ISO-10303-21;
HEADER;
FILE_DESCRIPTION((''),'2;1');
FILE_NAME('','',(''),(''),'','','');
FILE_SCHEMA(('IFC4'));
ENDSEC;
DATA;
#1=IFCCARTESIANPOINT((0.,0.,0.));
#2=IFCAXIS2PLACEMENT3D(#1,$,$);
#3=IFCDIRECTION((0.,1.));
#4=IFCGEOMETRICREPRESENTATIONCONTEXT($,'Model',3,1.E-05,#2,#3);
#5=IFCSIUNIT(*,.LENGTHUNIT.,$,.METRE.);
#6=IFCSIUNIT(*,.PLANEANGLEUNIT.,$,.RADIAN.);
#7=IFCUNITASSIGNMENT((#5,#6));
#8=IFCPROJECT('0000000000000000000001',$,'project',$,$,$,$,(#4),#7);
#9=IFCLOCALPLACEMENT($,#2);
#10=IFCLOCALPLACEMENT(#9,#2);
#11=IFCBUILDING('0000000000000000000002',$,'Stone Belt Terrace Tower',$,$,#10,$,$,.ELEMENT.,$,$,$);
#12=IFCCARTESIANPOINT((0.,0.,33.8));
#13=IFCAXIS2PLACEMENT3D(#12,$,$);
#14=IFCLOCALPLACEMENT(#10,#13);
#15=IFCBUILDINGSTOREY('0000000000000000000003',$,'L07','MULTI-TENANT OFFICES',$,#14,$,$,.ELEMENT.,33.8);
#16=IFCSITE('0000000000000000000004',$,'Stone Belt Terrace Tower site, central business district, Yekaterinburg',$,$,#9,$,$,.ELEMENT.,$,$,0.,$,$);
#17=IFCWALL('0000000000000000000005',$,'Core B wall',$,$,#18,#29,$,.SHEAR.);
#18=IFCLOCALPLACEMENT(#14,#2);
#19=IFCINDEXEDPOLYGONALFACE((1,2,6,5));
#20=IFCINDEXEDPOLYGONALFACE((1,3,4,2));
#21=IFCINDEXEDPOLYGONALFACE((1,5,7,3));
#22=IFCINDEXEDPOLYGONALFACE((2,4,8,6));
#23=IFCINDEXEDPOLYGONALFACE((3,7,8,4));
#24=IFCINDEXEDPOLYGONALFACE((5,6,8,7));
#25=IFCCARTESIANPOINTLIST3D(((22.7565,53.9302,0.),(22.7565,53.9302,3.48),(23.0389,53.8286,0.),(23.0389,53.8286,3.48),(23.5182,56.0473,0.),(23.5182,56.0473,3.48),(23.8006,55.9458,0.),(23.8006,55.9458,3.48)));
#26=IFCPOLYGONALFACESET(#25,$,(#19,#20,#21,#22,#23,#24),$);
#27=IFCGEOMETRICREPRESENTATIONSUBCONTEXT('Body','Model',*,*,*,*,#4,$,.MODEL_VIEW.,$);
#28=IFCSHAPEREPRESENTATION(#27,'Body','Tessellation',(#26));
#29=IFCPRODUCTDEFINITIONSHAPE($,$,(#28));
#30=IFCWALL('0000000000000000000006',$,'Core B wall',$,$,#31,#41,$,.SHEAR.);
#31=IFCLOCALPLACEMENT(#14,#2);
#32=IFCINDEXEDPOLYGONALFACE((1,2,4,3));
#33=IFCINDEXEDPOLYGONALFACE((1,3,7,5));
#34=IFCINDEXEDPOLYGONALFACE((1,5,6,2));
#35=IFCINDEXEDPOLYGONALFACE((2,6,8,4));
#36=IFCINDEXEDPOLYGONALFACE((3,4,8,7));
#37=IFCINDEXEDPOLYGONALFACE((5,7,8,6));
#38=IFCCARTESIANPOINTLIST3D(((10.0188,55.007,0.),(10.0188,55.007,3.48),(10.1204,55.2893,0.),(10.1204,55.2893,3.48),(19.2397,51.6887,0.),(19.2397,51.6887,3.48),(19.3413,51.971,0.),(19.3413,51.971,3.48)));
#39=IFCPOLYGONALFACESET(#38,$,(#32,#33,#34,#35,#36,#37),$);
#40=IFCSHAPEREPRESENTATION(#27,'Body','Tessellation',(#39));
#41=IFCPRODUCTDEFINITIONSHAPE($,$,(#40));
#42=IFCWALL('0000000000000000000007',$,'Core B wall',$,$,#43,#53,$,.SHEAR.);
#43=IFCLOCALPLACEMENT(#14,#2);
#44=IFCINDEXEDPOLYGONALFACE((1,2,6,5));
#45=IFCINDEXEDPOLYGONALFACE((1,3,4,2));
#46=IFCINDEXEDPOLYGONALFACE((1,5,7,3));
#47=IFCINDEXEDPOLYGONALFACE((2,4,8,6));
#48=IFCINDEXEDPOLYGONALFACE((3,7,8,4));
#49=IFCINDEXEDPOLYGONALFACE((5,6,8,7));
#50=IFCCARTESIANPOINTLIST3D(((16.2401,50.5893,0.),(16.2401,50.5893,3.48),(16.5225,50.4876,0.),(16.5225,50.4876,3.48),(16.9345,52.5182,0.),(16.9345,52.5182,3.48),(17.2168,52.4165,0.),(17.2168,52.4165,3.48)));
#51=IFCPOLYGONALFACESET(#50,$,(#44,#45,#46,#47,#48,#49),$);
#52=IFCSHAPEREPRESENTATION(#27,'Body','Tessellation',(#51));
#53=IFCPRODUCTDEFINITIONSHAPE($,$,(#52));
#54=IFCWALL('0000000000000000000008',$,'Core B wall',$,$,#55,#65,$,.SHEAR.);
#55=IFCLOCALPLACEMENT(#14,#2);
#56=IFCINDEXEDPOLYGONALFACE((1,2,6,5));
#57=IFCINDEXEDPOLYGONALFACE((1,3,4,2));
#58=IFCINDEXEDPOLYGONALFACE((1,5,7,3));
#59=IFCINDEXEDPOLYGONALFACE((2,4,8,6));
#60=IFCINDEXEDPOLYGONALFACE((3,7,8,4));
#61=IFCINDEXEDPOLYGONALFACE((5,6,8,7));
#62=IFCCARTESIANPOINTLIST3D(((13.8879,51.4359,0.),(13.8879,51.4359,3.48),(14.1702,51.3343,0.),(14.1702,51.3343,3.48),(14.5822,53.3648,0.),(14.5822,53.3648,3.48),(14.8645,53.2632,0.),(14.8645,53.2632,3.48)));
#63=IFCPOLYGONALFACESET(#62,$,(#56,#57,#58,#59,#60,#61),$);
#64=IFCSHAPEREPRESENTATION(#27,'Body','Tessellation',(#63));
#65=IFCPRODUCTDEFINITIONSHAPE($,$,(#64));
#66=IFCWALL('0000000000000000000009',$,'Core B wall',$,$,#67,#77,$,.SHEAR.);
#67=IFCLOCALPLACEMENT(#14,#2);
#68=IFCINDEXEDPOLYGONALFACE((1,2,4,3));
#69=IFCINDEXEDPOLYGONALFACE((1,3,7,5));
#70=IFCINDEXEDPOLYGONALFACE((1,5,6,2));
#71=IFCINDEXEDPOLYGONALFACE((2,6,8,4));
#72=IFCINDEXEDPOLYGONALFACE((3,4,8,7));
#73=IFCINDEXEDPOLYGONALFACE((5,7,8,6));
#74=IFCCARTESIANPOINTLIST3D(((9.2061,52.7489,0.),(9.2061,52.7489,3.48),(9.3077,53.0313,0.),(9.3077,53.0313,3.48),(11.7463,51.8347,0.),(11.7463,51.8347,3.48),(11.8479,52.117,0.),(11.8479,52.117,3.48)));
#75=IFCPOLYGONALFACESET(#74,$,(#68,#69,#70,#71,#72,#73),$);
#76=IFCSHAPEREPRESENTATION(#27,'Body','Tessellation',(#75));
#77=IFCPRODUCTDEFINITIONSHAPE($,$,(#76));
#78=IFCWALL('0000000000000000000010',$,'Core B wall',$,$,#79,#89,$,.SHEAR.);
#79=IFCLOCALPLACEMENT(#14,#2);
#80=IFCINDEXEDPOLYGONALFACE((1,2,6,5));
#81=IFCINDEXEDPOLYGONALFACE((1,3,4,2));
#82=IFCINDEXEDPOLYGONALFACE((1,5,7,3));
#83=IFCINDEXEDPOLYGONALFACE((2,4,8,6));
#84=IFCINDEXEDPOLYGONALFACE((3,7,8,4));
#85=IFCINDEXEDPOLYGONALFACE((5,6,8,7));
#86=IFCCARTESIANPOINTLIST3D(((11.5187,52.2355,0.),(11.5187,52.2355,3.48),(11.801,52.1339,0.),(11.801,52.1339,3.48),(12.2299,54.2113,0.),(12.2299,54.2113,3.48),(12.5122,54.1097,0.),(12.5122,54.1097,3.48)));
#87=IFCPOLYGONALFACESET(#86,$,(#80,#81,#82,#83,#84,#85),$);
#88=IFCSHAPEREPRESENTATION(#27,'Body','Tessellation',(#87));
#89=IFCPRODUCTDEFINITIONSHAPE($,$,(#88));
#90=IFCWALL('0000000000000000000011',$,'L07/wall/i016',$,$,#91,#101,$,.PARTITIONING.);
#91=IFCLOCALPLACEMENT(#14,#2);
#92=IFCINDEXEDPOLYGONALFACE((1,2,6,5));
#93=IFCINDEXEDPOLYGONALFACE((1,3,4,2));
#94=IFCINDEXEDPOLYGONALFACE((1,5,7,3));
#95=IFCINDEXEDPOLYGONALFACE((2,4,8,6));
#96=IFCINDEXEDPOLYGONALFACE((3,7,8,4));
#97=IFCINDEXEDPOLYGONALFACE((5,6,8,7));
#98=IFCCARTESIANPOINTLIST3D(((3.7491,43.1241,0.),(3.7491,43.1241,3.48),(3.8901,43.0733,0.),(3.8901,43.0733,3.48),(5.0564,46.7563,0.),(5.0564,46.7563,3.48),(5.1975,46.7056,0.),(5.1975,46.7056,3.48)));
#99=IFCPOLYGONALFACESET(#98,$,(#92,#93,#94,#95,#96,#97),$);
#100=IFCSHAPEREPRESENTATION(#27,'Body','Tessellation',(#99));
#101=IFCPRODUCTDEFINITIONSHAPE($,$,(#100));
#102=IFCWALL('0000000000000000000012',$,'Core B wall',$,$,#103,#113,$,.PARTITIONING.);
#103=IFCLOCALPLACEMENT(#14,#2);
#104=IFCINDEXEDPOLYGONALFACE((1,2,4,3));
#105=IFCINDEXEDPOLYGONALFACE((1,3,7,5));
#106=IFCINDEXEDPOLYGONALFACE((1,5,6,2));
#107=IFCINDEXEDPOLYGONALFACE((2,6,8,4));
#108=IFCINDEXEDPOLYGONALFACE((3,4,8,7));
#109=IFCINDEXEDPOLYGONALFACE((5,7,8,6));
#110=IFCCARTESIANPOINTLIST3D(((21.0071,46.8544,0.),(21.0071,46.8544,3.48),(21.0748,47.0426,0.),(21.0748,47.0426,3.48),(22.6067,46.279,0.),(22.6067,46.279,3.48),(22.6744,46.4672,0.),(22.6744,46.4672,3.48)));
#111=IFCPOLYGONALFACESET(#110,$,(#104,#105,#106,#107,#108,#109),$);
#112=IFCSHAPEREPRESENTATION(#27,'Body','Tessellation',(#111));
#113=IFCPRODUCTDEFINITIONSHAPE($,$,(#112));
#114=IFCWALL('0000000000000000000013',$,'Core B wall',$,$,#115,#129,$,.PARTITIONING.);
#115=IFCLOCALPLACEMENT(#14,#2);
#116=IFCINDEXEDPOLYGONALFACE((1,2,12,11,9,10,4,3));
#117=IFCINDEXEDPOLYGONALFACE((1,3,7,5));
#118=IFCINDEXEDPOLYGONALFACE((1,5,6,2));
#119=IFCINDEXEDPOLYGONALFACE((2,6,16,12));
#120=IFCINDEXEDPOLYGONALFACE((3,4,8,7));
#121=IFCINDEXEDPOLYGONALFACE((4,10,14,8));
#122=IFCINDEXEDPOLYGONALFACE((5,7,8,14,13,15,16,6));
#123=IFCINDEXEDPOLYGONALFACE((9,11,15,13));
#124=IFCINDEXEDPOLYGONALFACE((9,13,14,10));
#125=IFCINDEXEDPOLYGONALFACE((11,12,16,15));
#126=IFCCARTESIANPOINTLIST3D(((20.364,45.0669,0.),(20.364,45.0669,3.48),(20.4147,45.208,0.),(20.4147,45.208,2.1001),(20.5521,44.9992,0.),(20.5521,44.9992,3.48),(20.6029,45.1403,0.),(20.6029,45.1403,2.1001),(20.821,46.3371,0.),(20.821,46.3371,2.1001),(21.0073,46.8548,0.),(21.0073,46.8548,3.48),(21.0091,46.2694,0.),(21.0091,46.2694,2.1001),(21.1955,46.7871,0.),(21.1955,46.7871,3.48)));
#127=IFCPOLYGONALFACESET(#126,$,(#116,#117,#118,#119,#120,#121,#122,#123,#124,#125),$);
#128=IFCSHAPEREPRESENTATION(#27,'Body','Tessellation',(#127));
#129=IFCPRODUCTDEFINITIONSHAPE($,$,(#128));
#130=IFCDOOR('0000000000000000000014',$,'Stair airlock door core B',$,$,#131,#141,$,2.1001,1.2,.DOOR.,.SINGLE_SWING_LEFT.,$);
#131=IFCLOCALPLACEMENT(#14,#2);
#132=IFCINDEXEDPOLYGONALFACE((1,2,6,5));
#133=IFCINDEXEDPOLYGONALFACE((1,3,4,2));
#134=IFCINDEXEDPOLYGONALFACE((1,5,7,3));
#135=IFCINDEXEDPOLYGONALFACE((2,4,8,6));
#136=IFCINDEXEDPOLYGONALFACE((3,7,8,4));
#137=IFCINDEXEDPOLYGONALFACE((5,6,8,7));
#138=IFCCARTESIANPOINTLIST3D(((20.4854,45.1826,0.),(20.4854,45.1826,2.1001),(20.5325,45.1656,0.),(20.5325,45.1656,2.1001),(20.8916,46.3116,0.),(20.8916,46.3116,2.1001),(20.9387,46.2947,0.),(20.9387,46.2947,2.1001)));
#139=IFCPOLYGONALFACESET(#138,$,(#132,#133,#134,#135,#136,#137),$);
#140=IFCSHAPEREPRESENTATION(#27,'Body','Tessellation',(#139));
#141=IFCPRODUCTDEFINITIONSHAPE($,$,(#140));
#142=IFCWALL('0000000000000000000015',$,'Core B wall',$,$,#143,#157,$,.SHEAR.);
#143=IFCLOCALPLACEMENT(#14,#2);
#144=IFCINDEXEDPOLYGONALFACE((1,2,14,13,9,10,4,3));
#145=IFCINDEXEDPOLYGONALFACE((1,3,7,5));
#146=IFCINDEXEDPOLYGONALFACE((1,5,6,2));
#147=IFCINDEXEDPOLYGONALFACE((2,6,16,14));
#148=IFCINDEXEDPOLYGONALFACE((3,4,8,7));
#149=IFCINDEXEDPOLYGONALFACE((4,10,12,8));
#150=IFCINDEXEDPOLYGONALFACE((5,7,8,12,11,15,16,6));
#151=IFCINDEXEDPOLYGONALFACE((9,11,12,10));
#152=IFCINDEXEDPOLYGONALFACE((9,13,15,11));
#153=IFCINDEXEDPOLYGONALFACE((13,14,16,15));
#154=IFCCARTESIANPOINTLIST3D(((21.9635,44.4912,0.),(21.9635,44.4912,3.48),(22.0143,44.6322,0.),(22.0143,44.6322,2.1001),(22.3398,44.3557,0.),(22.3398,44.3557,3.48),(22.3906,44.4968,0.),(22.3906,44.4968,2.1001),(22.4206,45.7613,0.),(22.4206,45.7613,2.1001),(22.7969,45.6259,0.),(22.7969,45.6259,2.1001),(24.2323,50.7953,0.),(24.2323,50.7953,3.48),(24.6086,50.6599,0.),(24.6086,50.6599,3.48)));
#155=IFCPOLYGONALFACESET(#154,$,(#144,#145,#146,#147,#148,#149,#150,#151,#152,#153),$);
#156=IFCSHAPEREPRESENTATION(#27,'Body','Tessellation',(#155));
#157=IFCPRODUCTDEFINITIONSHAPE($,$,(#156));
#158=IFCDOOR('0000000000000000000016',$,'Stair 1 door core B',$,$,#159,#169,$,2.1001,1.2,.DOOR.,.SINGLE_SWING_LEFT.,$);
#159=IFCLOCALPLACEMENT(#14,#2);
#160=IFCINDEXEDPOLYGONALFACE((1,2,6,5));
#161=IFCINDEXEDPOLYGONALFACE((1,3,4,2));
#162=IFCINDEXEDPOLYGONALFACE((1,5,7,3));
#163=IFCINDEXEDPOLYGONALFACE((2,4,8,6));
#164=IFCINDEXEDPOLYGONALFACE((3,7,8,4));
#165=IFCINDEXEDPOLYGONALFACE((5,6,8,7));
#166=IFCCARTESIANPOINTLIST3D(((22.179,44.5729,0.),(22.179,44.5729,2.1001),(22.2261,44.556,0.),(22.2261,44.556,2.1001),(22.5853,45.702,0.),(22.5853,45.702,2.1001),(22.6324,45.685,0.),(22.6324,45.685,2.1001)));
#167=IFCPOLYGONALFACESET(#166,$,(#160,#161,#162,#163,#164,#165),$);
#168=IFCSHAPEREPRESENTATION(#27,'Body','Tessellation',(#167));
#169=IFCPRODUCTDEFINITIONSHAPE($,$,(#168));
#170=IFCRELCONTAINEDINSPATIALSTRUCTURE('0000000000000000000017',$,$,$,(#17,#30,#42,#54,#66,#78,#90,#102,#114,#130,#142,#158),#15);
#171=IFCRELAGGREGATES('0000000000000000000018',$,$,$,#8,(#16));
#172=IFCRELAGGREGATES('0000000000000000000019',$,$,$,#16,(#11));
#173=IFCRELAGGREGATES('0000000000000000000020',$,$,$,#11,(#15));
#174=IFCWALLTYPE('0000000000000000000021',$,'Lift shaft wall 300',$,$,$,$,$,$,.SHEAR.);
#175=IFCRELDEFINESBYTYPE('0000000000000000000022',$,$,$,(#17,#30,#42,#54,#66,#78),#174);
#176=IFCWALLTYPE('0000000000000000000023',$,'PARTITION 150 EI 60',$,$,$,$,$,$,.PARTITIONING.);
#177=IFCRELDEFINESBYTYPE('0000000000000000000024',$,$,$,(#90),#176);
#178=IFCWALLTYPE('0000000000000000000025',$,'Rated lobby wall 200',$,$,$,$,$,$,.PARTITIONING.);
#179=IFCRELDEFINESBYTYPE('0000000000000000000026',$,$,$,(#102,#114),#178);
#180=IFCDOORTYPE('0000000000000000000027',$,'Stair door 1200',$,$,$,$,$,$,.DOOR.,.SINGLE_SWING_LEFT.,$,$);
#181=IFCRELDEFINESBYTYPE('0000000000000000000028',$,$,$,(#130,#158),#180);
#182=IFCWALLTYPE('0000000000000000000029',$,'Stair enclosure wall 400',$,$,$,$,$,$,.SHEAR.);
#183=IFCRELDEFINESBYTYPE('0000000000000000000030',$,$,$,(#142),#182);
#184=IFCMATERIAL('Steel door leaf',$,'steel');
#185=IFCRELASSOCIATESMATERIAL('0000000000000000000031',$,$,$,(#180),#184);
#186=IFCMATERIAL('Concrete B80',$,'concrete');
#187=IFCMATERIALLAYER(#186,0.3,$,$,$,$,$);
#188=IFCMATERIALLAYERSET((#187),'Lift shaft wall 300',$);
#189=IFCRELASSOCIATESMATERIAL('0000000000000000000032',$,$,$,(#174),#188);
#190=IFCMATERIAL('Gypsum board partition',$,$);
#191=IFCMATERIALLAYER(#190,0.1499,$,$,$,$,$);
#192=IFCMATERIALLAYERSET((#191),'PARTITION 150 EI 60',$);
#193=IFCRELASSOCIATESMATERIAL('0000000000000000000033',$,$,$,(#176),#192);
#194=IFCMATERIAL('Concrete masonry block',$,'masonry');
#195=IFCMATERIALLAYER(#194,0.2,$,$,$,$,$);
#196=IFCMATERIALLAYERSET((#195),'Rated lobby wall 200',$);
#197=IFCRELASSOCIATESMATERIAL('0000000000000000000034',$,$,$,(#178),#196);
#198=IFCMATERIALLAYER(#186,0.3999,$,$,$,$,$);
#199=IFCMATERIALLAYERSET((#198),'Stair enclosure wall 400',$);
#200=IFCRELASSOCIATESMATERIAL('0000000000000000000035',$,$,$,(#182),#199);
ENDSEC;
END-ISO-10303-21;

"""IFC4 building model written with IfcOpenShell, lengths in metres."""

from ifc_helpers import new_model, si_unit, direction, frame, frame_2d, origin, place, context, subcontext, project, spatial, rectangle, extrude, material, layer, layer_set, type_object, element, fill, save


model = new_model("IFC4")

# Units and contexts
model_context = context("Model", 3, precision=1e-05, world=origin(), true_north=direction((0.0, 1.0)))
body_context = subcontext(model_context, "Body", "Model", "MODEL_VIEW")
ifc_project = project(units=[si_unit("LENGTHUNIT", "METRE"), si_unit("PLANEANGLEUNIT", "RADIAN")], contexts=[model_context])

# Site, building, storey
site_placement = place(None, origin())
site = spatial("IfcSite", under=ifc_project, at=site_placement, Name="Stone Belt Terrace Tower site, central business district, Yekaterinburg", CompositionType="ELEMENT", RefElevation=0.0)
building_placement = place(site_placement, origin())
building = spatial("IfcBuilding", under=site, at=building_placement, Name="Stone Belt Terrace Tower", CompositionType="ELEMENT")
storey_placement = place(building_placement, frame((0.0, 0.0, 33.8)))
storey = spatial("IfcBuildingStorey", under=building, at=storey_placement, Name="L07", Description="MULTI-TENANT OFFICES", CompositionType="ELEMENT", Elevation=33.8)

# Shared definitions
ifc_material_1 = material(Name="Concrete B80", Category="concrete")

# Shared definitions
ifc_material_2 = material(Name="Steel door leaf", Category="steel")
door_type_1 = type_object("IfcDoorType", Name="Stair door 1200", OperationType="SINGLE_SWING_LEFT", PredefinedType="DOOR", material=ifc_material_2)

# Walls
ifc_layer_1 = layer(ifc_material_1, 0.3)
ifc_layer_set_1 = layer_set([ifc_layer_1], Name="Lift shaft wall 300")
wall_type_1 = type_object("IfcWallType", Name="Lift shaft wall 300", PredefinedType="SHEAR", material=ifc_layer_set_1)
wall_1_placement = place(storey_placement, frame((22.8977, 53.8794, 0.0), z_axis=(0.0, 0.0, 1.0), x_axis=(0.338535, 0.940954, 0.0)))
element("IfcWall", 1, at=wall_1_placement, inside=storey, type_object=wall_type_1, Name="Core B wall", PredefinedType="SHEAR", context=body_context, shape_type="SweptSolid", body=[
    extrude(rectangle(XDim=2.25, YDim=0.3, at=frame_2d((1.125, 0.0))), origin(), (0.0, 0.0, 1.0), 3.48),
])
wall_2_placement = place(storey_placement, frame((19.2905, 51.8298, 0.0), z_axis=(0.0, 0.0, 1.0), x_axis=(-0.940926, 0.338613, 0.0)))
element("IfcWall", 2, at=wall_2_placement, inside=storey, type_object=wall_type_1, Name="Core B wall", PredefinedType="SHEAR", context=body_context, shape_type="SweptSolid", body=[
    extrude(rectangle(XDim=9.7998, YDim=0.3, at=frame_2d((4.8999, 0.0))), origin(), (0.0, 0.0, 1.0), 3.48),
])
for number, where, z_axis, x_axis, name in (
    (3, (16.3813, 50.5386, 0.0), (0.0, 0.0, 1.0), (0.338682, 0.940901, 0.0), "Core B wall"),
    (4, (14.0291, 51.3853, 0.0), (0.0, 0.0, 1.0), (0.338682, 0.940901, 0.0), "Core B wall"),
):
    element("IfcWall", number, at=place(storey_placement, frame(where, z_axis=z_axis, x_axis=x_axis)), inside=storey, type_object=wall_type_1, Name=name, PredefinedType="SHEAR", context=body_context, shape_type="SweptSolid", body=[
        extrude(rectangle(XDim=2.05, YDim=0.3, at=frame_2d((1.0249, 0.0))), origin(), (0.0, 0.0, 1.0), 3.48),
    ])
wall_3_placement = place(storey_placement, frame((11.7971, 51.9758, 0.0), z_axis=(0.0, 0.0, 1.0), x_axis=(-0.94091, 0.338655, 0.0)))
element("IfcWall", 5, at=wall_3_placement, inside=storey, type_object=wall_type_1, Name="Core B wall", PredefinedType="SHEAR", context=body_context, shape_type="SweptSolid", body=[
    extrude(rectangle(XDim=2.6997, YDim=0.3, at=frame_2d((1.3499, 0.0))), origin(), (0.0, 0.0, 1.0), 3.48),
])
wall_4_placement = place(storey_placement, frame((11.6599, 52.1848, 0.0), z_axis=(0.0, 0.0, 1.0), x_axis=(0.33867, 0.940905, 0.0)))
element("IfcWall", 6, at=wall_4_placement, inside=storey, type_object=wall_type_1, Name="Core B wall", PredefinedType="SHEAR", context=body_context, shape_type="SweptSolid", body=[
    extrude(rectangle(XDim=2.0999, YDim=0.3, at=frame_2d((1.0498, 0.0))), origin(), (0.0, 0.0, 1.0), 3.48),
])
ifc_material_3 = material(Name="Gypsum board partition")
ifc_layer_2 = layer(ifc_material_3, 0.1499)
ifc_layer_set_2 = layer_set([ifc_layer_2], Name="PARTITION 150 EI 60")
wall_type_2 = type_object("IfcWallType", Name="PARTITION 150 EI 60", PredefinedType="PARTITIONING", material=ifc_layer_set_2)
wall_5_placement = place(storey_placement, frame((5.127, 46.731, 0.0), z_axis=(0.0, 0.0, 1.0), x_axis=(-0.338659, -0.940909, 0.0)))
element("IfcWall", 7, at=wall_5_placement, inside=storey, type_object=wall_type_2, Name="L07/wall/i016", PredefinedType="PARTITIONING", context=body_context, shape_type="SweptSolid", body=[
    extrude(rectangle(XDim=3.8604, YDim=0.1499, at=frame_2d((1.9302, 0.0))), origin(), (0.0, 0.0, 1.0), 3.48),
])
ifc_material_4 = material(Name="Concrete masonry block", Category="masonry")
ifc_layer_3 = layer(ifc_material_4, 0.2)
ifc_layer_set_3 = layer_set([ifc_layer_3], Name="Rated lobby wall 200")
wall_type_3 = type_object("IfcWallType", Name="Rated lobby wall 200", PredefinedType="PARTITIONING", material=ifc_layer_set_3)
wall_6_placement = place(storey_placement, frame((22.6406, 46.373, 0.0), z_axis=(0.0, 0.0, 1.0), x_axis=(-0.940966, 0.338501, 0.0)))
element("IfcWall", 8, at=wall_6_placement, inside=storey, type_object=wall_type_3, Name="Core B wall", PredefinedType="PARTITIONING", context=body_context, shape_type="SweptSolid", body=[
    extrude(rectangle(XDim=1.7, YDim=0.2, at=frame_2d((0.8501, 0.0))), origin(), (0.0, 0.0, 1.0), 3.48),
])

# Walls, openings, doors
wall_7_placement = place(storey_placement, frame((20.458, 45.033, 0.0), z_axis=(0.0, 0.0, 1.0), x_axis=(0.338574, 0.94094, 0.0)))
wall_7 = element("IfcWall", 9, at=wall_7_placement, inside=storey, type_object=wall_type_3, Name="Core B wall", PredefinedType="PARTITIONING", context=body_context, shape_type="SweptSolid", body=[
    extrude(rectangle(XDim=1.9001, YDim=0.2, at=frame_2d((0.9502, 0.0))), origin(), (0.0, 0.0, 1.0), 3.48),
])
opening_1_placement = place(wall_7_placement, frame((0.1499, 0.0, 0.0)))
opening_1 = element("IfcOpeningElement", 10, at=opening_1_placement, cuts=wall_7, PredefinedType="OPENING", context=body_context, shape_type="SweptSolid", body=[
    extrude(rectangle(XDim=1.2, YDim=2.1001, at=frame_2d((0.6001, 1.05))), frame((0.0, 0.1099, 0.0), z_axis=(0.0, -1.0, 0.0), x_axis=(1.0, 0.0, 0.0)), (0.0, 0.0, 1.0), 0.22),
])
door_1_placement = place(opening_1_placement, origin())
door_1 = element("IfcDoor", 11, at=door_1_placement, inside=storey, type_object=door_type_1, Name="Stair airlock door core B", OperationType="SINGLE_SWING_LEFT", OverallHeight=2.1001, OverallWidth=1.2, PredefinedType="DOOR", context=body_context, shape_type="SweptSolid", body=[
    extrude(rectangle(XDim=1.2, YDim=2.1001, at=frame_2d((0.6001, 1.05))), frame((0.0, 0.0249, 0.0), z_axis=(0.0, -1.0, 0.0), x_axis=(1.0, 0.0, 0.0)), (0.0, 0.0, 1.0), 0.05),
])
fill(opening_1, door_1)
ifc_layer_4 = layer(ifc_material_1, 0.3999)
ifc_layer_set_4 = layer_set([ifc_layer_4], Name="Stair enclosure wall 400")
wall_type_4 = type_object("IfcWallType", Name="Stair enclosure wall 400", PredefinedType="SHEAR", material=ifc_layer_set_4)
wall_8_placement = place(storey_placement, frame((22.1516, 44.4233, 0.0), z_axis=(0.0, 0.0, 1.0), x_axis=(0.338625, 0.940921, 0.0)))
wall_8 = element("IfcWall", 12, at=wall_8_placement, inside=storey, type_object=wall_type_4, Name="Core B wall", PredefinedType="SHEAR", context=body_context, shape_type="SweptSolid", body=[
    extrude(rectangle(XDim=6.7, YDim=0.3999, at=frame_2d((3.3501, 0.0))), origin(), (0.0, 0.0, 1.0), 3.48),
])
opening_2_placement = place(wall_8_placement, frame((0.1499, 0.0, 0.0)))
opening_2 = element("IfcOpeningElement", 13, at=opening_2_placement, cuts=wall_8, PredefinedType="OPENING", context=body_context, shape_type="SweptSolid", body=[
    extrude(rectangle(XDim=1.2, YDim=2.1001, at=frame_2d((0.6001, 1.05))), frame((0.0, 0.21, 0.0), z_axis=(0.0, -1.0, 0.0), x_axis=(1.0, 0.0, 0.0)), (0.0, 0.0, 1.0), 0.4199),
])
door_2_placement = place(opening_2_placement, origin())
door_2 = element("IfcDoor", 14, at=door_2_placement, inside=storey, type_object=door_type_1, Name="Stair 1 door core B", OperationType="SINGLE_SWING_LEFT", OverallHeight=2.1001, OverallWidth=1.2, PredefinedType="DOOR", context=body_context, shape_type="SweptSolid", body=[
    extrude(rectangle(XDim=1.2, YDim=2.1001, at=frame_2d((0.6001, 1.05))), frame((0.0, 0.0249, 0.0), z_axis=(0.0, -1.0, 0.0), x_axis=(1.0, 0.0, 0.0)), (0.0, 0.0, 1.0), 0.05),
])
fill(opening_2, door_2)

save(model, "model.ifc")
